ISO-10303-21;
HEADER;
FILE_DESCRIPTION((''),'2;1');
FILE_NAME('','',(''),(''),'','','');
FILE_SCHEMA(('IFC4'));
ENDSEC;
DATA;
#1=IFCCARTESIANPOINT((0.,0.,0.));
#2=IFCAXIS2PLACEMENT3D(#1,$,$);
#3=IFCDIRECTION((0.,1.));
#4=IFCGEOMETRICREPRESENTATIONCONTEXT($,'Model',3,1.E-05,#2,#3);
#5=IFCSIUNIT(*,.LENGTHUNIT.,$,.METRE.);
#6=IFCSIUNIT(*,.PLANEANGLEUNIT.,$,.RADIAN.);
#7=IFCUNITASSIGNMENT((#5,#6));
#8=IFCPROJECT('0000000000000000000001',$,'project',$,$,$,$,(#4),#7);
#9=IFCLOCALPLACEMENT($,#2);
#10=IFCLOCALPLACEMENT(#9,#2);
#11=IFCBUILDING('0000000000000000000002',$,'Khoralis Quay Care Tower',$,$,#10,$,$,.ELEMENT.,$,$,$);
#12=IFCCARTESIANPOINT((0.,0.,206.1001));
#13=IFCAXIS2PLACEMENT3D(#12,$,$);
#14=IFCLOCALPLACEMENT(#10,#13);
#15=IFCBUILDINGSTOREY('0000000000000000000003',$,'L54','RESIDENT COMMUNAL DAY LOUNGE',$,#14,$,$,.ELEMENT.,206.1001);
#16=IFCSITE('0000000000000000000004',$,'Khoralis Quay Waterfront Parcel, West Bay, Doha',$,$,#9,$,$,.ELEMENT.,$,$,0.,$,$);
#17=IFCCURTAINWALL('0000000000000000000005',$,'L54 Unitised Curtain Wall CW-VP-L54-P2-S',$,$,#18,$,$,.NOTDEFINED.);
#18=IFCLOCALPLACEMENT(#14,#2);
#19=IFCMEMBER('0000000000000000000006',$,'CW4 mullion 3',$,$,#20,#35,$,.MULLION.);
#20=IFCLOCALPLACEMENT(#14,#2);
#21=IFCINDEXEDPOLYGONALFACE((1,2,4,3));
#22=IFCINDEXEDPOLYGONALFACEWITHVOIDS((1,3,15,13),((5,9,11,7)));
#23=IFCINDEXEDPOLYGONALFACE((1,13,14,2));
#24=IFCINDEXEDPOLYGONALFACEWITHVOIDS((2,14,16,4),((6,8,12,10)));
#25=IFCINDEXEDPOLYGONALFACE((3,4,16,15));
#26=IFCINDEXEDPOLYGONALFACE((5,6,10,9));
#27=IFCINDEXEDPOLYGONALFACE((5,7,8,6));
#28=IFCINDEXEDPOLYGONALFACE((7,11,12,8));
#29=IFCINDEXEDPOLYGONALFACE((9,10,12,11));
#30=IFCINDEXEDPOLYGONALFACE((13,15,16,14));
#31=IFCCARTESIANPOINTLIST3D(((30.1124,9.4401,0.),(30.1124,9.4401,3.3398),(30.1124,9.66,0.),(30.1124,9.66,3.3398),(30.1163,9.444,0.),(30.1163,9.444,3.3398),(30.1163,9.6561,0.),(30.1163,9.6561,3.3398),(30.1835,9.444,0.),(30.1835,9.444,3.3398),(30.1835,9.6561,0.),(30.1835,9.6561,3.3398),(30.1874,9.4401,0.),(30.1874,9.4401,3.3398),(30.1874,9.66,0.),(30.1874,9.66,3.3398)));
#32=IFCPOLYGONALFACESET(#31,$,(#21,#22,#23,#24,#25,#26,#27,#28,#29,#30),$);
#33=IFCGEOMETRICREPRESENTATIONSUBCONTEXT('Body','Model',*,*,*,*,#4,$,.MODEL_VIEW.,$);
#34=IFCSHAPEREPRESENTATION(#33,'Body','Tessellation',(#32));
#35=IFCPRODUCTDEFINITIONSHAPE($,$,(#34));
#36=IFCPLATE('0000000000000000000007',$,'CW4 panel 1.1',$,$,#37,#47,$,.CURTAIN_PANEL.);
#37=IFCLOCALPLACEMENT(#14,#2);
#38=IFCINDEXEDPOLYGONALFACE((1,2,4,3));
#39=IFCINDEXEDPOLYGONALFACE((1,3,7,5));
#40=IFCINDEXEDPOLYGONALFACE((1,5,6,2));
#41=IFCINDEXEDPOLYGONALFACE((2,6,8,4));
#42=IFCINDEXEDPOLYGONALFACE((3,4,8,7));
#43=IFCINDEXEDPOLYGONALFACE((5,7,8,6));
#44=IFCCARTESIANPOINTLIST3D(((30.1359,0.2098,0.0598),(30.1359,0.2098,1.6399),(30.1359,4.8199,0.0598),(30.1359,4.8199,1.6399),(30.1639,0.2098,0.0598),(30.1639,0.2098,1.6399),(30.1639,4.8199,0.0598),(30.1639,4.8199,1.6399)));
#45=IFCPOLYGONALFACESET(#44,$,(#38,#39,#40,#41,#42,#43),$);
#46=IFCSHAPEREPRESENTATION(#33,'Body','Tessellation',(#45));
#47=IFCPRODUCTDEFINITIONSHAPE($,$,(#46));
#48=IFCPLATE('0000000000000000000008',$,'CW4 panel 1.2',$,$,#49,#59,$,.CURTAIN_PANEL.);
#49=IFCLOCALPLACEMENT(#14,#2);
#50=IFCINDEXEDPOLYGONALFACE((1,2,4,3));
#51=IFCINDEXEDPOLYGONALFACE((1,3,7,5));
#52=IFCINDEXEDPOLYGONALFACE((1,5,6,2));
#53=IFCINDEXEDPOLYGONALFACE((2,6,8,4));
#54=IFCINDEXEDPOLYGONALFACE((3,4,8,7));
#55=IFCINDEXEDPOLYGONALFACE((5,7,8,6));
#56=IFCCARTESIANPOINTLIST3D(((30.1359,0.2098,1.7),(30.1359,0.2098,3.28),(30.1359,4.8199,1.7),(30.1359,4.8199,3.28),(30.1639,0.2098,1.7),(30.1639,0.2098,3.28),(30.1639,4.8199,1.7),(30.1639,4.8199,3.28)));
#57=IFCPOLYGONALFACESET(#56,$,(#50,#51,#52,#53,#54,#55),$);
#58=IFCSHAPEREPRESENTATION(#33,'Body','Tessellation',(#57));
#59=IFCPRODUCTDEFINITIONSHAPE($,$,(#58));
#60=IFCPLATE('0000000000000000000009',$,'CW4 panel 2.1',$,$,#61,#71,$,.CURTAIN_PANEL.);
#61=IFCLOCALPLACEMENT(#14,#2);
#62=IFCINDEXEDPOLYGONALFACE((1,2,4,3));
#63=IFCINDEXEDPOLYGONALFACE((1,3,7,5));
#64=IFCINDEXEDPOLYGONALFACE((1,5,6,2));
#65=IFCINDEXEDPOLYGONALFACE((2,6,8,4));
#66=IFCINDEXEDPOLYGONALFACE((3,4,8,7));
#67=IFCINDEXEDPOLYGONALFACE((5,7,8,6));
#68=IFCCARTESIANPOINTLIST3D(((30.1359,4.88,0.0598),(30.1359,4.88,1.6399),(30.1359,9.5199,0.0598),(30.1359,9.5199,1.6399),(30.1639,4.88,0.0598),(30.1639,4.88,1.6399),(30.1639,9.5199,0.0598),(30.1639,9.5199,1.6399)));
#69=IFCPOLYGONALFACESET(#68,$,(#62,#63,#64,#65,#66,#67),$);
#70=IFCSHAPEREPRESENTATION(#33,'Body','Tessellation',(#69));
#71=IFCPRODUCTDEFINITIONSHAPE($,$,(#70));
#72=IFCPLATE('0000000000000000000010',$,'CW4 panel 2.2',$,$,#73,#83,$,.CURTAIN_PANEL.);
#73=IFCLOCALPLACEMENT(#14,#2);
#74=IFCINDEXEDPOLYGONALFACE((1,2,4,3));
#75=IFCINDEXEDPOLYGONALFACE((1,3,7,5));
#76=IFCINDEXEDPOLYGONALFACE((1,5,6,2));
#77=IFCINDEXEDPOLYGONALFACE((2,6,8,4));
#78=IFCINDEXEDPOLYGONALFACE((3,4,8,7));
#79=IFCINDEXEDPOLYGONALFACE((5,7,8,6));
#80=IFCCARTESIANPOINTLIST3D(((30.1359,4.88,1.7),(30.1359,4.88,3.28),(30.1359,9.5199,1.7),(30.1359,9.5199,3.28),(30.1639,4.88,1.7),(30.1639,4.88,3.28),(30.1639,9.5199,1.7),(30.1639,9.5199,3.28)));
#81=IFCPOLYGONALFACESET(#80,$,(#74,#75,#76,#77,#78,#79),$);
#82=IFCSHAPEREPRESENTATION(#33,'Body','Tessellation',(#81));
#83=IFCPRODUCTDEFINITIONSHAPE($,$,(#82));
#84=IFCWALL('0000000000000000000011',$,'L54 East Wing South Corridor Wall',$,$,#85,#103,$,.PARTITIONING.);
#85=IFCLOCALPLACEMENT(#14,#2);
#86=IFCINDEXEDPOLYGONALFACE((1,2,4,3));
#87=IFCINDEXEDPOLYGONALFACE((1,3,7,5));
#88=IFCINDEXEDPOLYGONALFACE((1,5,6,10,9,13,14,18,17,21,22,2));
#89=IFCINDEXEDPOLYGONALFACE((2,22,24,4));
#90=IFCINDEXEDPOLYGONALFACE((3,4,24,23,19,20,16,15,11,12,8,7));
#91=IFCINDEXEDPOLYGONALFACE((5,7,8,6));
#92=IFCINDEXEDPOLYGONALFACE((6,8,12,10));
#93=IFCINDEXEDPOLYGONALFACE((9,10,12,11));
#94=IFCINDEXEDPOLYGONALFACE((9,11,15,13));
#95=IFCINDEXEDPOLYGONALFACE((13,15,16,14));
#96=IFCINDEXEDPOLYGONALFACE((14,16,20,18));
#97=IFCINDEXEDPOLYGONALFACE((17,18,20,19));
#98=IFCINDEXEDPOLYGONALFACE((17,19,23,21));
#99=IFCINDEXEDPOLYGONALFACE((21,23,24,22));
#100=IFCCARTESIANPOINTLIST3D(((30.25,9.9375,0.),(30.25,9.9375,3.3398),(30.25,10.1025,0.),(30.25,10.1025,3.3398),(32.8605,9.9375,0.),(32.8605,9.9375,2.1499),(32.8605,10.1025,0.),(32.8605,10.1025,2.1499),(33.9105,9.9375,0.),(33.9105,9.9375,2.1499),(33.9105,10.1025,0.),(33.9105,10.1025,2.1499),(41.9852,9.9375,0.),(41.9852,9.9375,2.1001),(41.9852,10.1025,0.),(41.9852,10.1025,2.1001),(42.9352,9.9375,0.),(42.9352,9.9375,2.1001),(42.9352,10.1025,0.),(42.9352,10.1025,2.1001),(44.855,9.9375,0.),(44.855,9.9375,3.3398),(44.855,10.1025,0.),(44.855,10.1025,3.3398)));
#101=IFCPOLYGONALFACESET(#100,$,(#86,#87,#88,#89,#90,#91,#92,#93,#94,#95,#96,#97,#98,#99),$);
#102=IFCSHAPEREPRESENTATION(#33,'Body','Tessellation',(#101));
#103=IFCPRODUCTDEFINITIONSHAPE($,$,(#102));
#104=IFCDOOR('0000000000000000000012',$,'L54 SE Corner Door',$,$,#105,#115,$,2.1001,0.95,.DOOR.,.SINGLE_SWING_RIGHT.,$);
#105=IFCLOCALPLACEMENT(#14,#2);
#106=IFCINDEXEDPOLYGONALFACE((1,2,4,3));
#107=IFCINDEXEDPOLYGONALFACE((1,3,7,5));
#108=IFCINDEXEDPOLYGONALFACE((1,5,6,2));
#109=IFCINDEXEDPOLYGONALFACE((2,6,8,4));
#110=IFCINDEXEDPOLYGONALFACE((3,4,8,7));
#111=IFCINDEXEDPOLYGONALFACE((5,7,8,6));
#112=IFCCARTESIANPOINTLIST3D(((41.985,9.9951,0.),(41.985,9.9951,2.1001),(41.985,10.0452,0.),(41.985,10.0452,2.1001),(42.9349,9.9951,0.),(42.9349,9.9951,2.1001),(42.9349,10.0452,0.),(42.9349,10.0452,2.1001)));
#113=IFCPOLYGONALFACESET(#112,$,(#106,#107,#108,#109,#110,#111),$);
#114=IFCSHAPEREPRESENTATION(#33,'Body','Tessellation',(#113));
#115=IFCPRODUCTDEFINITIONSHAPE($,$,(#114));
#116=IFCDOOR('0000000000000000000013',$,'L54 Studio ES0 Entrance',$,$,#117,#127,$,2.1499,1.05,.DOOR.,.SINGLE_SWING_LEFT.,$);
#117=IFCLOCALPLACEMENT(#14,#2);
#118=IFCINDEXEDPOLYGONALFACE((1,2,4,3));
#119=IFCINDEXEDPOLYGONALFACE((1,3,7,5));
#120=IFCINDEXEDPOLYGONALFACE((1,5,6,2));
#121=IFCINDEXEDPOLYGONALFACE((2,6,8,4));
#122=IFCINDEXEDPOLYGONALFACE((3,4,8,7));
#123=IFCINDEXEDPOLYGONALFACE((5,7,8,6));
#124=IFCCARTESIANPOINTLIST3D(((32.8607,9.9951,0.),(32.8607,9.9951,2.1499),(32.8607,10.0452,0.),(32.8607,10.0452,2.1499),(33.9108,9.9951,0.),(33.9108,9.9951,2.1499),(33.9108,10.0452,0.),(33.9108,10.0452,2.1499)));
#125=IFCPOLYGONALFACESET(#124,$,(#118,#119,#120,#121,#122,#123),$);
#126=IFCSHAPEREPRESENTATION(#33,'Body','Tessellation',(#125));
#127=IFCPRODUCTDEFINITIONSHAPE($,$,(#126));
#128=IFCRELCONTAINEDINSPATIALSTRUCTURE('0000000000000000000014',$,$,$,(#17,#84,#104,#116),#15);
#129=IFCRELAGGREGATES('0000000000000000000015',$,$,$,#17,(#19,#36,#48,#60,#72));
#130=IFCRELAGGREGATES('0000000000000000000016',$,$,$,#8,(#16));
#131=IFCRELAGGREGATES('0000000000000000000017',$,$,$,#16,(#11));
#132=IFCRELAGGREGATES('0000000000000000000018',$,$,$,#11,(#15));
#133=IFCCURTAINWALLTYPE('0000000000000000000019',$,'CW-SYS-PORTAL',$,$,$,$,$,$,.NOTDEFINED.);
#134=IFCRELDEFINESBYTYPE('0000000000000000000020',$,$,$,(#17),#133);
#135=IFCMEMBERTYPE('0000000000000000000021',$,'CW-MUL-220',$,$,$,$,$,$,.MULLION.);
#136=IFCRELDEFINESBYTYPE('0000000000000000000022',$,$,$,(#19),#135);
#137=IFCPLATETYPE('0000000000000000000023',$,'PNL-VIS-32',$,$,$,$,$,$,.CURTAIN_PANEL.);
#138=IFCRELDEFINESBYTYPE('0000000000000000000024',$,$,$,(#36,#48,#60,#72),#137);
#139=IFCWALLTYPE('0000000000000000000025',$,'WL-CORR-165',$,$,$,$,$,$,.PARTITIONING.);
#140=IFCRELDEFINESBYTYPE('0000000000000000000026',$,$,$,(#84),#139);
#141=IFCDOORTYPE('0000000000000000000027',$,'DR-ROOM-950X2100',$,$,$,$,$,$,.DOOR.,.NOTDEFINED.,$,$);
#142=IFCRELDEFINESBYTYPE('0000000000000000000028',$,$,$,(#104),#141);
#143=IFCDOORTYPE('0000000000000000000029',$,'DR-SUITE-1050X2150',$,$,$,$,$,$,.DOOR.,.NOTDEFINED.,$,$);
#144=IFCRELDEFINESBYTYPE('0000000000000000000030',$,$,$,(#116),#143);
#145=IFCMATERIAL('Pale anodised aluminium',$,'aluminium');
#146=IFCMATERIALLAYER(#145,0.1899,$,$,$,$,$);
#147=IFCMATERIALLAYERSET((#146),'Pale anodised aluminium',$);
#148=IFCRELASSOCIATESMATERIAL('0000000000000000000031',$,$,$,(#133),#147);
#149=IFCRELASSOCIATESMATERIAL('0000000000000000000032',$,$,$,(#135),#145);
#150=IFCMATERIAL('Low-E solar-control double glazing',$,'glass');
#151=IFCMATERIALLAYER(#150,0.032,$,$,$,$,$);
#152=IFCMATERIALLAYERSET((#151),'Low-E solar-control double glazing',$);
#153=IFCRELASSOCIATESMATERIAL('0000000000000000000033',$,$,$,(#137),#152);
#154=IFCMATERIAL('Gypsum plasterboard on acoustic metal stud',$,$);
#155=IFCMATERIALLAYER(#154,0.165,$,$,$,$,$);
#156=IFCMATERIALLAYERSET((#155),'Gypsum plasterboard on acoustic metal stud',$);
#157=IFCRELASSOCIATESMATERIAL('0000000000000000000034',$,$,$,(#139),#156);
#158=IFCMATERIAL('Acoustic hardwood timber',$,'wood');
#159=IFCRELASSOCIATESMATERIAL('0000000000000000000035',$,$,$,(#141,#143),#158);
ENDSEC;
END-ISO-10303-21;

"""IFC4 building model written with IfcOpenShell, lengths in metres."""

from ifc_helpers import new_model, si_unit, direction, frame, frame_2d, origin, origin_2d, place, context, subcontext, project, spatial, rectangle, hollow_rectangle, extrude, source, transform, mapped, material, layer, layer_set, material_profile, profile_set, type_object, element, fill, aggregate, save


model = new_model("IFC4")

# Units and contexts
model_context = context("Model", 3, precision=1e-05, world=origin(), true_north=direction((0.0, 1.0)))
body_context = subcontext(model_context, "Body", "Model", "MODEL_VIEW")
ifc_project = project(units=[si_unit("LENGTHUNIT", "METRE"), si_unit("PLANEANGLEUNIT", "RADIAN")], contexts=[model_context])

# Site, building, storey
site_placement = place(None, origin())
site = spatial("IfcSite", under=ifc_project, at=site_placement, Name="Khoralis Quay Waterfront Parcel, West Bay, Doha", CompositionType="ELEMENT", RefElevation=0.0)
building_placement = place(site_placement, origin())
building = spatial("IfcBuilding", under=site, at=building_placement, Name="Khoralis Quay Care Tower", CompositionType="ELEMENT")
storey_placement = place(building_placement, frame((0.0, 0.0, 206.1001)))
storey = spatial("IfcBuildingStorey", under=building, at=storey_placement, Name="L54", Description="RESIDENT COMMUNAL DAY LOUNGE", CompositionType="ELEMENT", Elevation=206.1001)

# Curtain wall, member, plates
ifc_material_1 = material(Name="Pale anodised aluminium", Category="aluminium")
ifc_layer_1 = layer(ifc_material_1, 0.1899)
ifc_layer_set_1 = layer_set([ifc_layer_1], Name="Pale anodised aluminium")
curtain_wall_type = type_object("IfcCurtainWallType", Name="CW-SYS-PORTAL", PredefinedType="NOTDEFINED", material=ifc_layer_set_1)
curtain_wall_placement = place(storey_placement, origin())
curtain_wall = element("IfcCurtainWall", 1, at=curtain_wall_placement, inside=storey, type_object=curtain_wall_type, Name="L54 Unitised Curtain Wall CW-VP-L54-P2-S", PredefinedType="NOTDEFINED")
ifc_material_profile_1 = material_profile(ifc_material_1, hollow_rectangle(XDim=0.075, YDim=0.22, WallThickness=0.0039, at=origin_2d()), Name="Pale anodised aluminium")
ifc_profile_set_1 = profile_set([ifc_material_profile_1], Name="Pale anodised aluminium")
member_type_1 = type_object("IfcMemberType", Name="CW-MUL-220", PredefinedType="MULLION", material=ifc_profile_set_1)
shared_shape_1 = source(origin(), body_context, "Body", "SweptSolid", [
    extrude(hollow_rectangle(XDim=0.075, YDim=0.22, WallThickness=0.0039, at=origin_2d()), origin(), (0.0, 0.0, 1.0), 3.3398),
])
member_1_placement = place(storey_placement, frame((30.1499, 9.55, 0.0), z_axis=(0.0, 0.0, 1.0), x_axis=(-1.0, 0.0, 0.0)))
member_1 = element("IfcMember", 2, at=member_1_placement, type_object=member_type_1, Name="CW4 mullion 3", PredefinedType="MULLION", context=body_context, shape_type="MappedRepresentation", body=[
    mapped(shared_shape_1, transform((0.0, 0.0, 0.0), scale=1.0)),
])
ifc_material_2 = material(Name="Low-E solar-control double glazing", Category="glass")
ifc_layer_2 = layer(ifc_material_2, 0.032)
ifc_layer_set_2 = layer_set([ifc_layer_2], Name="Low-E solar-control double glazing")
plate_type = type_object("IfcPlateType", Name="PNL-VIS-32", PredefinedType="CURTAIN_PANEL", material=ifc_layer_set_2)
shared_shape_2 = source(origin(), body_context, "Body", "SweptSolid", [
    extrude(rectangle(XDim=4.6101, YDim=0.0281, at=origin_2d()), origin(), (0.0, 0.0, 1.0), 1.5801),
])
plate_1_placement = place(storey_placement, frame((30.1499, 2.5149, 0.0598), z_axis=(0.0, 0.0, 1.0), x_axis=(0.0, 1.0, 0.0)))
plate_1 = element("IfcPlate", 3, at=plate_1_placement, type_object=plate_type, Name="CW4 panel 1.1", PredefinedType="CURTAIN_PANEL", context=body_context, shape_type="MappedRepresentation", body=[
    mapped(shared_shape_2, transform((0.0, 0.0, 0.0), scale=1.0)),
])
plate_2_placement = place(storey_placement, frame((30.1499, 2.5149, 1.7), z_axis=(0.0, 0.0, 1.0), x_axis=(0.0, 1.0, 0.0)))
plate_2 = element("IfcPlate", 4, at=plate_2_placement, type_object=plate_type, Name="CW4 panel 1.2", PredefinedType="CURTAIN_PANEL", context=body_context, shape_type="MappedRepresentation", body=[
    mapped(shared_shape_2, transform((0.0, 0.0, 0.0), scale=1.0)),
])
shared_shape_3 = source(origin(), body_context, "Body", "SweptSolid", [
    extrude(rectangle(XDim=4.6399, YDim=0.0281, at=origin_2d()), origin(), (0.0, 0.0, 1.0), 1.5801),
])
plate_3_placement = place(storey_placement, frame((30.1499, 7.2, 0.0598), z_axis=(0.0, 0.0, 1.0), x_axis=(0.0, 1.0, 0.0)))
plate_3 = element("IfcPlate", 5, at=plate_3_placement, type_object=plate_type, Name="CW4 panel 2.1", PredefinedType="CURTAIN_PANEL", context=body_context, shape_type="MappedRepresentation", body=[
    mapped(shared_shape_3, transform((0.0, 0.0, 0.0), scale=1.0)),
])
plate_4_placement = place(storey_placement, frame((30.1499, 7.2, 1.7), z_axis=(0.0, 0.0, 1.0), x_axis=(0.0, 1.0, 0.0)))
plate_4 = element("IfcPlate", 6, at=plate_4_placement, type_object=plate_type, Name="CW4 panel 2.2", PredefinedType="CURTAIN_PANEL", context=body_context, shape_type="MappedRepresentation", body=[
    mapped(shared_shape_3, transform((0.0, 0.0, 0.0), scale=1.0)),
])
aggregate(curtain_wall, [member_1, plate_1, plate_2, plate_3, plate_4])

# Wall, openings, doors
ifc_material_3 = material(Name="Gypsum plasterboard on acoustic metal stud")
ifc_layer_3 = layer(ifc_material_3, 0.165)
ifc_layer_set_3 = layer_set([ifc_layer_3], Name="Gypsum plasterboard on acoustic metal stud")
wall_type_1 = type_object("IfcWallType", Name="WL-CORR-165", PredefinedType="PARTITIONING", material=ifc_layer_set_3)
wall_1_placement = place(storey_placement, frame((30.25, 10.02, 0.0), z_axis=(0.0, 0.0, 1.0), x_axis=(1.0, 0.0, 0.0)))
wall_1 = element("IfcWall", 7, at=wall_1_placement, inside=storey, type_object=wall_type_1, Name="L54 East Wing South Corridor Wall", PredefinedType="PARTITIONING", context=body_context, shape_type="SweptSolid", body=[
    extrude(rectangle(XDim=14.605, YDim=0.165, at=frame_2d((7.3025, 0.0))), origin(), (0.0, 0.0, 1.0), 3.3398),
])
opening_1_placement = place(wall_1_placement, frame((2.6106, 0.0, 0.0)))
opening_1 = element("IfcOpeningElement", 8, at=opening_1_placement, cuts=wall_1, PredefinedType="OPENING", context=body_context, shape_type="SweptSolid", body=[
    extrude(rectangle(XDim=1.05, YDim=2.1499, at=frame_2d((0.5249, 1.075))), frame((0.0, 0.0925, 0.0), z_axis=(0.0, -1.0, 0.0), x_axis=(1.0, 0.0, 0.0)), (0.0, 0.0, 1.0), 0.1851),
])
opening_2_placement = place(wall_1_placement, frame((11.7351, 0.0, 0.0)))
opening_2 = element("IfcOpeningElement", 9, at=opening_2_placement, cuts=wall_1, PredefinedType="OPENING", context=body_context, shape_type="SweptSolid", body=[
    extrude(rectangle(XDim=0.95, YDim=2.1001, at=frame_2d((0.4751, 1.05))), frame((0.0, 0.0925, 0.0), z_axis=(0.0, -1.0, 0.0), x_axis=(1.0, 0.0, 0.0)), (0.0, 0.0, 1.0), 0.1851),
])
ifc_material_4 = material(Name="Acoustic hardwood timber", Category="wood")
door_type_1 = type_object("IfcDoorType", Name="DR-ROOM-950X2100", OperationType="NOTDEFINED", PredefinedType="DOOR", material=ifc_material_4)
shared_shape_4 = source(origin(), body_context, "Body", "SweptSolid", [
    extrude(rectangle(XDim=0.95, YDim=2.1001, at=frame_2d((0.4751, 1.05))), frame((0.0, 0.0249, 0.0), z_axis=(0.0, -1.0, 0.0), x_axis=(1.0, 0.0, 0.0)), (0.0, 0.0, 1.0), 0.05),
])
door_1_placement = place(opening_2_placement, frame((0.95, 0.0, 0.0), z_axis=(0.0, 0.0, 1.0), x_axis=(-1.0, 0.0, 0.0)))
door_1 = element("IfcDoor", 10, at=door_1_placement, inside=storey, type_object=door_type_1, Name="L54 SE Corner Door", OperationType="SINGLE_SWING_RIGHT", OverallHeight=2.1001, OverallWidth=0.95, PredefinedType="DOOR", context=body_context, shape_type="MappedRepresentation", body=[
    mapped(shared_shape_4, transform((0.0, 0.0, 0.0), scale=1.0)),
])
fill(opening_2, door_1)
door_type_2 = type_object("IfcDoorType", Name="DR-SUITE-1050X2150", OperationType="NOTDEFINED", PredefinedType="DOOR", material=ifc_material_4)
shared_shape_5 = source(origin(), body_context, "Body", "SweptSolid", [
    extrude(rectangle(XDim=1.05, YDim=2.1499, at=frame_2d((0.5249, 1.075))), frame((0.0, 0.0249, 0.0), z_axis=(0.0, -1.0, 0.0), x_axis=(1.0, 0.0, 0.0)), (0.0, 0.0, 1.0), 0.05),
])
door_2_placement = place(opening_1_placement, frame((1.05, 0.0, 0.0), z_axis=(0.0, 0.0, 1.0), x_axis=(-1.0, 0.0, 0.0)))
door_2 = element("IfcDoor", 11, at=door_2_placement, inside=storey, type_object=door_type_2, Name="L54 Studio ES0 Entrance", OperationType="SINGLE_SWING_LEFT", OverallHeight=2.1499, OverallWidth=1.05, PredefinedType="DOOR", context=body_context, shape_type="MappedRepresentation", body=[
    mapped(shared_shape_5, transform((0.0, 0.0, 0.0), scale=1.0)),
])
fill(opening_1, door_2)

save(model, "model.ifc")
